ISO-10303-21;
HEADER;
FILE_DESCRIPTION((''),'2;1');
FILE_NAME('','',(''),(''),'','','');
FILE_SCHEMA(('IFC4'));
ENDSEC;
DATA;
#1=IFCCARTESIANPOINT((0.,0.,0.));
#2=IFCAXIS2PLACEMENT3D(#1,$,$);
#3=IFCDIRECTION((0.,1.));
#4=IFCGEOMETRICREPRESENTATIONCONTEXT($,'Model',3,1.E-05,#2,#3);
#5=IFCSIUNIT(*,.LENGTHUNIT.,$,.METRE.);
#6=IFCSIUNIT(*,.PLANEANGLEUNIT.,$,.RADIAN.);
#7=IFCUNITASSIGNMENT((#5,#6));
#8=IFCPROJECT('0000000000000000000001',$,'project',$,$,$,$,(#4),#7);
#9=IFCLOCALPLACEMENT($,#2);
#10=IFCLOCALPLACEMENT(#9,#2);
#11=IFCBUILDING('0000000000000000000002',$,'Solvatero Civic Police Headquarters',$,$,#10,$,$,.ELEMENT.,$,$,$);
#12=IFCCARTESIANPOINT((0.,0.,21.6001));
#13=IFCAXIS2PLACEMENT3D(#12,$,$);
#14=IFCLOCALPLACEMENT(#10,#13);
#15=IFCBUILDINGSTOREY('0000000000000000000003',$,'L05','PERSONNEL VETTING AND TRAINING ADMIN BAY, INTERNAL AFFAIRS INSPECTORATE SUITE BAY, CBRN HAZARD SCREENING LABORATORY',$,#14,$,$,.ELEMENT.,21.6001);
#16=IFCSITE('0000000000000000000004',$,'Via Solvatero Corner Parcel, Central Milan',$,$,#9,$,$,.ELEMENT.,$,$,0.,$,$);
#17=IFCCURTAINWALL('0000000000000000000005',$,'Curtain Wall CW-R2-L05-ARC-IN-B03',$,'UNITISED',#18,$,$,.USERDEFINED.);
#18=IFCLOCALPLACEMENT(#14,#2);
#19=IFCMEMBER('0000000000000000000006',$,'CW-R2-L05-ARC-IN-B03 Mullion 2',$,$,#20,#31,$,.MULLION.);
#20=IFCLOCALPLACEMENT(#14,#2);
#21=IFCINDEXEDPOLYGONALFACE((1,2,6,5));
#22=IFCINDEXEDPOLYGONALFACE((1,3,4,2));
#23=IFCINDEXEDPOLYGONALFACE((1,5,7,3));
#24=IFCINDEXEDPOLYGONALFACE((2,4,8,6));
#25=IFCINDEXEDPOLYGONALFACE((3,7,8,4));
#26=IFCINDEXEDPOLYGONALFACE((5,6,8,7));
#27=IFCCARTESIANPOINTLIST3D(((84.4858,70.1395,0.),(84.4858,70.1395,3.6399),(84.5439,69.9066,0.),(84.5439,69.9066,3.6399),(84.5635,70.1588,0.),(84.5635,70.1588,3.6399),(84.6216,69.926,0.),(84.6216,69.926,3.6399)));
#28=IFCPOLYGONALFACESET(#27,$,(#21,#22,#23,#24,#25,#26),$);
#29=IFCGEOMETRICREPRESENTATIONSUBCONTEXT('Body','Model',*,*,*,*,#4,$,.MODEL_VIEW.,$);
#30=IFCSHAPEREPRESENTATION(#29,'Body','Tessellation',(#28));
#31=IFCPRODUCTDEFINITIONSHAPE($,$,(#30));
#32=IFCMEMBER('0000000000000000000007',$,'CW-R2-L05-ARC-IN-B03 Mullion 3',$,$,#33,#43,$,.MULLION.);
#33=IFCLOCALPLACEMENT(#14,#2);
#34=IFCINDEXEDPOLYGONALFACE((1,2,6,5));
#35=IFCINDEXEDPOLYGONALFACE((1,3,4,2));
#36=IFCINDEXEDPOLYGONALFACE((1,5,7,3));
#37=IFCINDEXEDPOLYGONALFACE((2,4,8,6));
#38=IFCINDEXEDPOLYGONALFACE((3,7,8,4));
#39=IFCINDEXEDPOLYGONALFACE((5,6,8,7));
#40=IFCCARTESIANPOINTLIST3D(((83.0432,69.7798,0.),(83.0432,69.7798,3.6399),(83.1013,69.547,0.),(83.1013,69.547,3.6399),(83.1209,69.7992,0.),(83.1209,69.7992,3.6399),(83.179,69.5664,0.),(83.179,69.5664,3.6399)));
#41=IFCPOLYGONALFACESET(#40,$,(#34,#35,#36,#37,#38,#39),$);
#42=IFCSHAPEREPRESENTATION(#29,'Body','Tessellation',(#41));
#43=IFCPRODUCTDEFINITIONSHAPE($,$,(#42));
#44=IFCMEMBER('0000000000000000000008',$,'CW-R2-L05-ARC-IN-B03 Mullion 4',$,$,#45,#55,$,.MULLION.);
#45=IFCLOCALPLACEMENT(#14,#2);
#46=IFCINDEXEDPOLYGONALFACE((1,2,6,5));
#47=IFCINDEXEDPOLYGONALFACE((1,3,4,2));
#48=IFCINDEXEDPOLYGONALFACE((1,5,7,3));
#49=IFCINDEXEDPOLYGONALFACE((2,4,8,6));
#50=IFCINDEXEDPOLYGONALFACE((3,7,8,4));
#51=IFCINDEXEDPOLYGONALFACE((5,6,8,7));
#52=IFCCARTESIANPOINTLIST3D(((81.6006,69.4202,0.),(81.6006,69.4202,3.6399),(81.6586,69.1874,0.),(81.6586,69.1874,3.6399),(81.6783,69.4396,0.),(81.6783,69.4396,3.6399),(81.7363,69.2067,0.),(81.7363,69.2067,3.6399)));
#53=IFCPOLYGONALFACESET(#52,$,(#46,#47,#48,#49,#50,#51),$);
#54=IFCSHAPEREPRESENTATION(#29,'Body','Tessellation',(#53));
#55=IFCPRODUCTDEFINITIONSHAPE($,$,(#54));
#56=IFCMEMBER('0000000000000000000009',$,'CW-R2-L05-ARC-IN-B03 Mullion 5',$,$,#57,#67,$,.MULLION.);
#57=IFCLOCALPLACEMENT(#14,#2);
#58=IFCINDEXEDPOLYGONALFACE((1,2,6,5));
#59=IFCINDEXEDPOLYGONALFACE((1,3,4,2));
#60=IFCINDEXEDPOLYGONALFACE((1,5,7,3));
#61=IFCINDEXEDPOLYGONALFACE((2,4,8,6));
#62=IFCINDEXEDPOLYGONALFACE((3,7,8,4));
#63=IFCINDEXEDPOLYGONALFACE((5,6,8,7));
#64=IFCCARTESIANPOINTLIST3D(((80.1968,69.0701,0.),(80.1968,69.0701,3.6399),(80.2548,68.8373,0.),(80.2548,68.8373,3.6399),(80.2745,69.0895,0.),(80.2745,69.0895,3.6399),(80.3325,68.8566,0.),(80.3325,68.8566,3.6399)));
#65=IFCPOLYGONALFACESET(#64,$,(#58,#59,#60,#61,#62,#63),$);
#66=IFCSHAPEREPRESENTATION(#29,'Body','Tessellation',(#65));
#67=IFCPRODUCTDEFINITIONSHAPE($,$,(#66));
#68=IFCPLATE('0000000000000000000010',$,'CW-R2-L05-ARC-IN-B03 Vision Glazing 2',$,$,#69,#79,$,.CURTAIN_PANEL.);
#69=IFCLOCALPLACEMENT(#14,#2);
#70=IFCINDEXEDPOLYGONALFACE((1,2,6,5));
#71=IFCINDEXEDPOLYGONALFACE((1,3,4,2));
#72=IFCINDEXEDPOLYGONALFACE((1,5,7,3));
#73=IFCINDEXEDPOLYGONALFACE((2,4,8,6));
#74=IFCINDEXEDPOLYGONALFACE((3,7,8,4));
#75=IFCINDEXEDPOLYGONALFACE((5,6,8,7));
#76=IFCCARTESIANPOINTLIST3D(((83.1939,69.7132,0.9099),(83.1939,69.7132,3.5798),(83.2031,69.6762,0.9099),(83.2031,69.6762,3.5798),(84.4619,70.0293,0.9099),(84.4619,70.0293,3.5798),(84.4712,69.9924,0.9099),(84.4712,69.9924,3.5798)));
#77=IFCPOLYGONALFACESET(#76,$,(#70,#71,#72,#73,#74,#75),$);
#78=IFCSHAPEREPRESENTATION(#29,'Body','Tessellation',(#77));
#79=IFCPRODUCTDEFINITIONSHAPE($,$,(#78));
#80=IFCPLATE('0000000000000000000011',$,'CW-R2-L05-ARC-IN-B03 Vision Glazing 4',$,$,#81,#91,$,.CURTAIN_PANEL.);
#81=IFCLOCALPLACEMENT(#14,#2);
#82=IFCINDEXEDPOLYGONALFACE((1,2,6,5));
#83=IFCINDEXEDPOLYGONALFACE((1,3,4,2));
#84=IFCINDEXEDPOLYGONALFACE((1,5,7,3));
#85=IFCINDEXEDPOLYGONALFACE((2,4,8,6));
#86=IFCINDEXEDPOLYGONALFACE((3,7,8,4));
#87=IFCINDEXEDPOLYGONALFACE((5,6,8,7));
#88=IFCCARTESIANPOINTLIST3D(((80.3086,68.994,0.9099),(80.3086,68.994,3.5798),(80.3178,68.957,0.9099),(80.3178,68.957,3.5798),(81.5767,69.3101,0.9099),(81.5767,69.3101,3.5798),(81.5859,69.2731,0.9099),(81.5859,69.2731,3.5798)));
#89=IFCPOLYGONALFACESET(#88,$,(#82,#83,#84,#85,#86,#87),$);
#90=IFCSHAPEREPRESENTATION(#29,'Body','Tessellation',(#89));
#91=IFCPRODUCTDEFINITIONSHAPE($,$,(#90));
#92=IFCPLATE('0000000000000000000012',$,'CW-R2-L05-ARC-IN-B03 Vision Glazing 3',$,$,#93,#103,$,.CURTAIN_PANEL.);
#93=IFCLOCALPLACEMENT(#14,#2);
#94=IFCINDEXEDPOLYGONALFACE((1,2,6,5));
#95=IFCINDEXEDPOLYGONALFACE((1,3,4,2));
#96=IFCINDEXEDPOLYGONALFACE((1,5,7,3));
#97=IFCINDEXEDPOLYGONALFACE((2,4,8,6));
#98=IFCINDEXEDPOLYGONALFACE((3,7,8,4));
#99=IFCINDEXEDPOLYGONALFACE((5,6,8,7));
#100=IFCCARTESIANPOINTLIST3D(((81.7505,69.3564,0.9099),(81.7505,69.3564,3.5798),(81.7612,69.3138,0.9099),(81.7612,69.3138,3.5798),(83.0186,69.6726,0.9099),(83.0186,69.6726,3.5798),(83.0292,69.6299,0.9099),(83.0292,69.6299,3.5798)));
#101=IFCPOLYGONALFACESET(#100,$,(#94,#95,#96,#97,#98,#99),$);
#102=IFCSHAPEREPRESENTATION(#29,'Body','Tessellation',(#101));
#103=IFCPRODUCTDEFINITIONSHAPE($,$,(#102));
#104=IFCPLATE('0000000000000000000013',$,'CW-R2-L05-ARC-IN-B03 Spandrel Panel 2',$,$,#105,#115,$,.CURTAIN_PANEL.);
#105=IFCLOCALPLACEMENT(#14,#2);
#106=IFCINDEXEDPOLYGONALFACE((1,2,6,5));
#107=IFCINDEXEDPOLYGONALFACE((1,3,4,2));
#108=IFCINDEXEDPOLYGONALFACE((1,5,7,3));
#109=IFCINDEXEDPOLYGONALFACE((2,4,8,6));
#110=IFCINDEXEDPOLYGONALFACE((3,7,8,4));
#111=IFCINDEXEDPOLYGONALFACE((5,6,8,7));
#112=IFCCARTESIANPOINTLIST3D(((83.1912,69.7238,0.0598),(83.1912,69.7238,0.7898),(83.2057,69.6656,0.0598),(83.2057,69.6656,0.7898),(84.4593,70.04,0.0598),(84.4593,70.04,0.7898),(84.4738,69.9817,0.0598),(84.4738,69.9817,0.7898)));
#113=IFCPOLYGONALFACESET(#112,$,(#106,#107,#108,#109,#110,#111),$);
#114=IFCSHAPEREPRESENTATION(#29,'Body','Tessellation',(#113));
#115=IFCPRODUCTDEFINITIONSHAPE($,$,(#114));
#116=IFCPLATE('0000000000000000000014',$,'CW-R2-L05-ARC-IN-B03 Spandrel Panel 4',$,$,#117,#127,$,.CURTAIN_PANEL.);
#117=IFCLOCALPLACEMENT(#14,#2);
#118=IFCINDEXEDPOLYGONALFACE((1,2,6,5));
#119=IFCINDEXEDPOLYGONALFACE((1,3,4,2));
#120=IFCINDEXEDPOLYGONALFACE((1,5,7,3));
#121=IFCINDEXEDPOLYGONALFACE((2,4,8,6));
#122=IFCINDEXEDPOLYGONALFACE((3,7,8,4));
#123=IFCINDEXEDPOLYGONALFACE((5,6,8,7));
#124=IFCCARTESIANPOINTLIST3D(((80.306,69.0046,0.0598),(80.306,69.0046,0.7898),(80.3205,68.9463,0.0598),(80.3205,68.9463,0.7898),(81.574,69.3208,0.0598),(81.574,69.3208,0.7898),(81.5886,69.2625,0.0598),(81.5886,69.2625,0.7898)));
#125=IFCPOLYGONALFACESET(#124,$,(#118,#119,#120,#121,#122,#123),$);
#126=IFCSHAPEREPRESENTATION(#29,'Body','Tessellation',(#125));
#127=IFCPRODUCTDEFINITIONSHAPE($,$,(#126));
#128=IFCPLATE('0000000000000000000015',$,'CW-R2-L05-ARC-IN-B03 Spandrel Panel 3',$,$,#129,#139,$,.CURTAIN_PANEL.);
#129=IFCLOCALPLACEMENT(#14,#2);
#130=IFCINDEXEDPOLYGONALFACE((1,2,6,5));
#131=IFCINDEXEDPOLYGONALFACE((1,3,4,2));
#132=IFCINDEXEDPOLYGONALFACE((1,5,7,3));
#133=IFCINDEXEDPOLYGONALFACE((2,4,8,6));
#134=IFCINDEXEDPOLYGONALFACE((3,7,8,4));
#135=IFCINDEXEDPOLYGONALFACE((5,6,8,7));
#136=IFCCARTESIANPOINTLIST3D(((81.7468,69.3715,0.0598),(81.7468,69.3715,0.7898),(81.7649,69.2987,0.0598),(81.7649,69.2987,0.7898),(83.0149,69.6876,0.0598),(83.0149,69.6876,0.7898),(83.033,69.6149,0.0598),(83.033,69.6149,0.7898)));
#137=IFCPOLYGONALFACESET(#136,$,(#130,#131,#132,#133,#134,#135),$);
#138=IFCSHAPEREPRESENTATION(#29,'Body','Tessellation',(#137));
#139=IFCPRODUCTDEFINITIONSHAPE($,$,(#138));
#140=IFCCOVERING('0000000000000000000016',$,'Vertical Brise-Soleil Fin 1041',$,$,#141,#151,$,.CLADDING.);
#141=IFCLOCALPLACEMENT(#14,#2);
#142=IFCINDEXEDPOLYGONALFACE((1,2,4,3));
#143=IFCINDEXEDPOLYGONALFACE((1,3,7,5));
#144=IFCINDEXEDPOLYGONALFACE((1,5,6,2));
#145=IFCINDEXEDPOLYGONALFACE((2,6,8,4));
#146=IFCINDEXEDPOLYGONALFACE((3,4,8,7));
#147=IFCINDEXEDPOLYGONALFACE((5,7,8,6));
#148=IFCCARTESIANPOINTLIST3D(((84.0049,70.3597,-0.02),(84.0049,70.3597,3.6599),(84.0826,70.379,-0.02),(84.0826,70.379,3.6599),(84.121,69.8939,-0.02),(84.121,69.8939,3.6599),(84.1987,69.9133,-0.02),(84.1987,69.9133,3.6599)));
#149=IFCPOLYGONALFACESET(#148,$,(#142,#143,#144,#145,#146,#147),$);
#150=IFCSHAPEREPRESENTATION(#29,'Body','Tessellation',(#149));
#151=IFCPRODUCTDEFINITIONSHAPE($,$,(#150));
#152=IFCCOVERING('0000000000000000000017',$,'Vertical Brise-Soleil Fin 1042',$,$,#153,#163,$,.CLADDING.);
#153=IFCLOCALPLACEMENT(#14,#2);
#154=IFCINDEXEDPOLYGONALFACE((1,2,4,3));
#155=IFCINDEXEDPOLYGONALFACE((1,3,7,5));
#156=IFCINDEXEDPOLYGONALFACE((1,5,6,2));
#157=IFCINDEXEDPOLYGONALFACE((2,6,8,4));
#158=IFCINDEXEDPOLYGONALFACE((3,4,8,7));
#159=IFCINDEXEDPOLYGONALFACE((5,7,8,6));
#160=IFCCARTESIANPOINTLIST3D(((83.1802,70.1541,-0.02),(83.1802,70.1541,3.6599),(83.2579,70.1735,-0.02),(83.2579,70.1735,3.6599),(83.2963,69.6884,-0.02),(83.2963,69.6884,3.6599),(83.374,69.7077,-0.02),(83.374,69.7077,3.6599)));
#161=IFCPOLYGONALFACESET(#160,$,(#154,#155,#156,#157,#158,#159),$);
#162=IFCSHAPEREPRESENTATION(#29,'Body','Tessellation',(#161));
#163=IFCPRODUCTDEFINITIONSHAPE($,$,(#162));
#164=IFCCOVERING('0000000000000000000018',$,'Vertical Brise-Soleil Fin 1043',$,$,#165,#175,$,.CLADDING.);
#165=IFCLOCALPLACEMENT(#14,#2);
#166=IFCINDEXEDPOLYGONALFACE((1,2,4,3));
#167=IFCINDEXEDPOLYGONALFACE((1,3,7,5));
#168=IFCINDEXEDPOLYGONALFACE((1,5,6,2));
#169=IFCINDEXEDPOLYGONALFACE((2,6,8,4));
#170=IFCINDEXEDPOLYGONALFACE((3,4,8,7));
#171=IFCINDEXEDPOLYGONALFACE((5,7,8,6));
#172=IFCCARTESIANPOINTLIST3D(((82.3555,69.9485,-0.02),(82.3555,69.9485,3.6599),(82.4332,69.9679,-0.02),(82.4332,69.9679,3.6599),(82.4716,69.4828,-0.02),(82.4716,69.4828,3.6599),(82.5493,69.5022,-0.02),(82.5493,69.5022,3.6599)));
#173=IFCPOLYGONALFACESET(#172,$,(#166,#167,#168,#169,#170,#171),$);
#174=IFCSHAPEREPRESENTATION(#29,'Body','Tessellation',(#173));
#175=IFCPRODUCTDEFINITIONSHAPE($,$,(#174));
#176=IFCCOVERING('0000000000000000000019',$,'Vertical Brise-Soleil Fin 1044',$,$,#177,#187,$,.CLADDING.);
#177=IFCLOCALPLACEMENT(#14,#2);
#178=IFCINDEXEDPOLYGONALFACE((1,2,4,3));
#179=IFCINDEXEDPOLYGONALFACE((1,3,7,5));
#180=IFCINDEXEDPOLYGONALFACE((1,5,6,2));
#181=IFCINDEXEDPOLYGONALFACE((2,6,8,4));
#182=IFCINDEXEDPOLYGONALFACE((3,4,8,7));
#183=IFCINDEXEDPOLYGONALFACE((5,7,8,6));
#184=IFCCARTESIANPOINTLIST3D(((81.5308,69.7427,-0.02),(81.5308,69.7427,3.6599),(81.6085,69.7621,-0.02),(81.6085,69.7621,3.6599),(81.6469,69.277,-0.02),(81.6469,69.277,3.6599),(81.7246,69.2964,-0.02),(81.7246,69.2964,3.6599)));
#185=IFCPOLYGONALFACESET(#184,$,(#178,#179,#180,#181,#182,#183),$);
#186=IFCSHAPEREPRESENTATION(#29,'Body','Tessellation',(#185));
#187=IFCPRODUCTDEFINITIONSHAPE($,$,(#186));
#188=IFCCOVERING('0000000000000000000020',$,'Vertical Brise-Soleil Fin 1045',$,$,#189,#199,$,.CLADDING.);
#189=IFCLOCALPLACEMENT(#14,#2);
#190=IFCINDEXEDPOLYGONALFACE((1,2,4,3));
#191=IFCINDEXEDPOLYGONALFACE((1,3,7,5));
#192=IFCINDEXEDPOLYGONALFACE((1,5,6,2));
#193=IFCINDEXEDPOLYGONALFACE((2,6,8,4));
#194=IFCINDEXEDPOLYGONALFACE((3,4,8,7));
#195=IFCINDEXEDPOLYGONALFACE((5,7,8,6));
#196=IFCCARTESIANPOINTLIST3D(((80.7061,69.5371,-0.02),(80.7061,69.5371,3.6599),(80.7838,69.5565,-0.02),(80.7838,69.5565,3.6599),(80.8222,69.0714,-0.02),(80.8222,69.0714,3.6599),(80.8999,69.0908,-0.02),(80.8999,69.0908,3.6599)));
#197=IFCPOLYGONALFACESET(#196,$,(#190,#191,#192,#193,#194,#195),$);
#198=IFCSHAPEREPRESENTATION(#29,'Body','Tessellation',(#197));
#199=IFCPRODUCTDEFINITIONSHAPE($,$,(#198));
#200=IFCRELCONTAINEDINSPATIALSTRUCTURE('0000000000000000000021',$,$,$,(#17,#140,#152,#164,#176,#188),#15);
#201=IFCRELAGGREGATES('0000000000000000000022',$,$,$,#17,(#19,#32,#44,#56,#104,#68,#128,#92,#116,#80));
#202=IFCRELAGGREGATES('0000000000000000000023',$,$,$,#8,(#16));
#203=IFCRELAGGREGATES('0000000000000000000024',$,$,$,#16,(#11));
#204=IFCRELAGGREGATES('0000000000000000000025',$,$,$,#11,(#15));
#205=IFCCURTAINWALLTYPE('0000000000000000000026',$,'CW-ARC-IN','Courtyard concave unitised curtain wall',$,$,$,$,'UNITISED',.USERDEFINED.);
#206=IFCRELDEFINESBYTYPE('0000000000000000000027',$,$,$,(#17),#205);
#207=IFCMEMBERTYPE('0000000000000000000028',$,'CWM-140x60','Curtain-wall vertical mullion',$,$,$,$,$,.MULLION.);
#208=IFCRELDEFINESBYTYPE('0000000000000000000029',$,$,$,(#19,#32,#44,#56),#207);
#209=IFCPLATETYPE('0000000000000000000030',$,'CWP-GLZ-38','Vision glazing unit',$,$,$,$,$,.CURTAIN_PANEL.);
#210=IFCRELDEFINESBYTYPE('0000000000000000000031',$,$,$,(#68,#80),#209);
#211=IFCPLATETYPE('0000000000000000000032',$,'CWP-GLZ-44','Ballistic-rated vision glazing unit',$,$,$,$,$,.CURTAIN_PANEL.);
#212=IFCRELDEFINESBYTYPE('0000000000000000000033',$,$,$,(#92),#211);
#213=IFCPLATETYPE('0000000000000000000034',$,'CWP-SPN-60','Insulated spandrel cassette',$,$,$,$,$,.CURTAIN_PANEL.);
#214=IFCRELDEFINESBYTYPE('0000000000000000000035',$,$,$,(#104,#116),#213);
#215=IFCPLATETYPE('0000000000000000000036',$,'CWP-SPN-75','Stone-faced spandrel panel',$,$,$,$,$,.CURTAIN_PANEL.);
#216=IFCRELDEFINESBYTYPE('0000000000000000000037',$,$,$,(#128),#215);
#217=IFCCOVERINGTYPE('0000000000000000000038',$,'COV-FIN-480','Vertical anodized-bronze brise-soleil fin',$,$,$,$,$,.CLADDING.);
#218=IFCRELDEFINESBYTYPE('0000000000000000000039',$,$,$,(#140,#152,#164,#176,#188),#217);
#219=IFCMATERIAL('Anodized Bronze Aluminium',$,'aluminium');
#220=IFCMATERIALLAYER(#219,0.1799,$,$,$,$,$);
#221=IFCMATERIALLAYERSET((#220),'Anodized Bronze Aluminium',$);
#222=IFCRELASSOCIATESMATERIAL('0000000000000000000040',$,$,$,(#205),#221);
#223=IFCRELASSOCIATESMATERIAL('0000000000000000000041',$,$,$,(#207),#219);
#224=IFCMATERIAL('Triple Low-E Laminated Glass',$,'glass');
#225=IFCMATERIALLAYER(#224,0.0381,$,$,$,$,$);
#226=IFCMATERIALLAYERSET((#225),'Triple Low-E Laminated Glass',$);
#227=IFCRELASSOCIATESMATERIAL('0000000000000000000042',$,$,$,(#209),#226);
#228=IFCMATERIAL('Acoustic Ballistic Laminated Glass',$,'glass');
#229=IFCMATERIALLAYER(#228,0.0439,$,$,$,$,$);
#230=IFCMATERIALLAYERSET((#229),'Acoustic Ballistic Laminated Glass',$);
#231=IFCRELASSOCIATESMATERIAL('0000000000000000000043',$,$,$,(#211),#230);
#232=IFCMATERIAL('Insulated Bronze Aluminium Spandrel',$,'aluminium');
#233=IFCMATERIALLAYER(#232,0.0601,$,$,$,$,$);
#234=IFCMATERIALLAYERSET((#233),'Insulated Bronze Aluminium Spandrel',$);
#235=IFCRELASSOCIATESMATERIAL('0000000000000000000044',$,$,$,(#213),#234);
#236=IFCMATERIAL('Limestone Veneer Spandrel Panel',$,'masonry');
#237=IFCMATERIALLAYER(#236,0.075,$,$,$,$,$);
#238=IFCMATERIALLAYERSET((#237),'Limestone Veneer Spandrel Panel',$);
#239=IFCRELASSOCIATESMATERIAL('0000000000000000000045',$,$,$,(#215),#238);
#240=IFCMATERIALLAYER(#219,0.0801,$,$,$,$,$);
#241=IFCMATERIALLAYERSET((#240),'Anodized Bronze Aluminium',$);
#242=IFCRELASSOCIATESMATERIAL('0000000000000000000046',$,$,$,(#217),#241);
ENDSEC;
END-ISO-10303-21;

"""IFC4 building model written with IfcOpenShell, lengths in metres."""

from ifc_helpers import new_model, si_unit, direction, frame, origin, origin_2d, place, context, subcontext, project, spatial, rectangle, extrude, material, layer, layer_set, material_profile, profile_set, type_object, element, aggregate, save


model = new_model("IFC4")

# Units and contexts
model_context = context("Model", 3, precision=1e-05, world=origin(), true_north=direction((0.0, 1.0)))
body_context = subcontext(model_context, "Body", "Model", "MODEL_VIEW")
ifc_project = project(units=[si_unit("LENGTHUNIT", "METRE"), si_unit("PLANEANGLEUNIT", "RADIAN")], contexts=[model_context])

# Site, building, storey
site_placement = place(None, origin())
site = spatial("IfcSite", under=ifc_project, at=site_placement, Name="Via Solvatero Corner Parcel, Central Milan", CompositionType="ELEMENT", RefElevation=0.0)
building_placement = place(site_placement, origin())
building = spatial("IfcBuilding", under=site, at=building_placement, Name="Solvatero Civic Police Headquarters", CompositionType="ELEMENT")
storey_placement = place(building_placement, frame((0.0, 0.0, 21.6001)))
storey = spatial("IfcBuildingStorey", under=building, at=storey_placement, Name="L05", Description="PERSONNEL VETTING AND TRAINING ADMIN BAY, INTERNAL AFFAIRS INSPECTORATE SUITE BAY, CBRN HAZARD SCREENING LABORATORY", CompositionType="ELEMENT", Elevation=21.6001)

# Curtain wall, members, plates
ifc_material_1 = material(Name="Anodized Bronze Aluminium", Category="aluminium")
ifc_layer_1 = layer(ifc_material_1, 0.1799)
ifc_layer_set_1 = layer_set([ifc_layer_1], Name="Anodized Bronze Aluminium")
curtain_wall_type = type_object("IfcCurtainWallType", Name="CW-ARC-IN", Description="Courtyard concave unitised curtain wall", ElementType="UNITISED", PredefinedType="USERDEFINED", material=ifc_layer_set_1)
curtain_wall_placement = place(storey_placement, origin())
curtain_wall = element("IfcCurtainWall", 1, at=curtain_wall_placement, inside=storey, type_object=curtain_wall_type, Name="Curtain Wall CW-R2-L05-ARC-IN-B03", ObjectType="UNITISED", PredefinedType="USERDEFINED")
ifc_material_profile = material_profile(ifc_material_1, rectangle(XDim=0.0801, YDim=0.24, at=origin_2d()), Name="ALU MULLION 80x240")
ifc_profile_set = profile_set([ifc_material_profile], Name="Anodized Bronze Aluminium")
member_type = type_object("IfcMemberType", Name="CWM-140x60", Description="Curtain-wall vertical mullion", PredefinedType="MULLION", material=ifc_profile_set)
member_1_placement = place(storey_placement, frame((84.5537, 70.0327, 0.0), z_axis=(0.0, 0.0, 1.0), x_axis=(-0.9703, -0.241905, 0.0)))
member_1 = element("IfcMember", 2, at=member_1_placement, type_object=member_type, Name="CW-R2-L05-ARC-IN-B03 Mullion 2", PredefinedType="MULLION", context=body_context, shape_type="SweptSolid", body=[
    extrude(rectangle(XDim=0.0801, YDim=0.24, at=origin_2d()), origin(), (0.0, 0.0, 1.0), 3.6399),
])
member_2_placement = place(storey_placement, frame((83.1111, 69.6731, 0.0), z_axis=(0.0, 0.0, 1.0), x_axis=(-0.9703, -0.241905, 0.0)))
member_2 = element("IfcMember", 3, at=member_2_placement, type_object=member_type, Name="CW-R2-L05-ARC-IN-B03 Mullion 3", PredefinedType="MULLION", context=body_context, shape_type="SweptSolid", body=[
    extrude(rectangle(XDim=0.0801, YDim=0.24, at=origin_2d()), origin(), (0.0, 0.0, 1.0), 3.6399),
])
member_3_placement = place(storey_placement, frame((81.6685, 69.3135, 0.0), z_axis=(0.0, 0.0, 1.0), x_axis=(-0.9703, -0.241905, 0.0)))
member_3 = element("IfcMember", 4, at=member_3_placement, type_object=member_type, Name="CW-R2-L05-ARC-IN-B03 Mullion 4", PredefinedType="MULLION", context=body_context, shape_type="SweptSolid", body=[
    extrude(rectangle(XDim=0.0801, YDim=0.24, at=origin_2d()), origin(), (0.0, 0.0, 1.0), 3.6399),
])
member_4_placement = place(storey_placement, frame((80.2646, 68.9634, 0.0), z_axis=(0.0, 0.0, 1.0), x_axis=(-0.9703, -0.241905, 0.0)))
member_4 = element("IfcMember", 5, at=member_4_placement, type_object=member_type, Name="CW-R2-L05-ARC-IN-B03 Mullion 5", PredefinedType="MULLION", context=body_context, shape_type="SweptSolid", body=[
    extrude(rectangle(XDim=0.0801, YDim=0.24, at=origin_2d()), origin(), (0.0, 0.0, 1.0), 3.6399),
])
ifc_material_2 = material(Name="Triple Low-E Laminated Glass", Category="glass")
ifc_layer_2 = layer(ifc_material_2, 0.0381)
ifc_layer_set_2 = layer_set([ifc_layer_2], Name="Triple Low-E Laminated Glass")
plate_type_1 = type_object("IfcPlateType", Name="CWP-GLZ-38", Description="Vision glazing unit", PredefinedType="CURTAIN_PANEL", material=ifc_layer_set_2)
plate_1_placement = place(storey_placement, frame((83.8325, 69.8528, 0.9099), z_axis=(0.0, 0.0, 1.0), x_axis=(-0.9703, -0.241905, 0.0)))
plate_1 = element("IfcPlate", 6, at=plate_1_placement, type_object=plate_type_1, Name="CW-R2-L05-ARC-IN-B03 Vision Glazing 2", PredefinedType="CURTAIN_PANEL", context=body_context, shape_type="SweptSolid", body=[
    extrude(rectangle(XDim=1.3069, YDim=0.0381, at=origin_2d()), origin(), (0.0, 0.0, 1.0), 2.6699),
])
plate_2_placement = place(storey_placement, frame((80.9473, 69.1335, 0.9099), z_axis=(0.0, 0.0, 1.0), x_axis=(-0.9703, -0.241905, 0.0)))
plate_2 = element("IfcPlate", 7, at=plate_2_placement, type_object=plate_type_1, Name="CW-R2-L05-ARC-IN-B03 Vision Glazing 4", PredefinedType="CURTAIN_PANEL", context=body_context, shape_type="SweptSolid", body=[
    extrude(rectangle(XDim=1.3069, YDim=0.0381, at=origin_2d()), origin(), (0.0, 0.0, 1.0), 2.6699),
])
ifc_material_3 = material(Name="Acoustic Ballistic Laminated Glass", Category="glass")
ifc_layer_3 = layer(ifc_material_3, 0.0439)
ifc_layer_set_3 = layer_set([ifc_layer_3], Name="Acoustic Ballistic Laminated Glass")
plate_type_2 = type_object("IfcPlateType", Name="CWP-GLZ-44", Description="Ballistic-rated vision glazing unit", PredefinedType="CURTAIN_PANEL", material=ifc_layer_set_3)
plate_3_placement = place(storey_placement, frame((82.3899, 69.4932, 0.9099), z_axis=(0.0, 0.0, 1.0), x_axis=(-0.9703, -0.241905, 0.0)))
plate_3 = element("IfcPlate", 8, at=plate_3_placement, type_object=plate_type_2, Name="CW-R2-L05-ARC-IN-B03 Vision Glazing 3", PredefinedType="CURTAIN_PANEL", context=body_context, shape_type="SweptSolid", body=[
    extrude(rectangle(XDim=1.3069, YDim=0.0439, at=origin_2d()), origin(), (0.0, 0.0, 1.0), 2.6699),
])
ifc_material_4 = material(Name="Insulated Bronze Aluminium Spandrel", Category="aluminium")
ifc_layer_4 = layer(ifc_material_4, 0.0601)
ifc_layer_set_4 = layer_set([ifc_layer_4], Name="Insulated Bronze Aluminium Spandrel")
plate_type_3 = type_object("IfcPlateType", Name="CWP-SPN-60", Description="Insulated spandrel cassette", PredefinedType="CURTAIN_PANEL", material=ifc_layer_set_4)
plate_4_placement = place(storey_placement, frame((83.8325, 69.8528, 0.0598), z_axis=(0.0, 0.0, 1.0), x_axis=(-0.9703, -0.241905, 0.0)))
plate_4 = element("IfcPlate", 9, at=plate_4_placement, type_object=plate_type_3, Name="CW-R2-L05-ARC-IN-B03 Spandrel Panel 2", PredefinedType="CURTAIN_PANEL", context=body_context, shape_type="SweptSolid", body=[
    extrude(rectangle(XDim=1.3069, YDim=0.0601, at=origin_2d()), origin(), (0.0, 0.0, 1.0), 0.73),
])
plate_5_placement = place(storey_placement, frame((80.9473, 69.1335, 0.0598), z_axis=(0.0, 0.0, 1.0), x_axis=(-0.9703, -0.241905, 0.0)))
plate_5 = element("IfcPlate", 10, at=plate_5_placement, type_object=plate_type_3, Name="CW-R2-L05-ARC-IN-B03 Spandrel Panel 4", PredefinedType="CURTAIN_PANEL", context=body_context, shape_type="SweptSolid", body=[
    extrude(rectangle(XDim=1.3069, YDim=0.0601, at=origin_2d()), origin(), (0.0, 0.0, 1.0), 0.73),
])
ifc_material_5 = material(Name="Limestone Veneer Spandrel Panel", Category="masonry")
ifc_layer_5 = layer(ifc_material_5, 0.075)
ifc_layer_set_5 = layer_set([ifc_layer_5], Name="Limestone Veneer Spandrel Panel")
plate_type_4 = type_object("IfcPlateType", Name="CWP-SPN-75", Description="Stone-faced spandrel panel", PredefinedType="CURTAIN_PANEL", material=ifc_layer_set_5)
plate_6_placement = place(storey_placement, frame((82.3899, 69.4932, 0.0598), z_axis=(0.0, 0.0, 1.0), x_axis=(-0.9703, -0.241905, 0.0)))
plate_6 = element("IfcPlate", 11, at=plate_6_placement, type_object=plate_type_4, Name="CW-R2-L05-ARC-IN-B03 Spandrel Panel 3", PredefinedType="CURTAIN_PANEL", context=body_context, shape_type="SweptSolid", body=[
    extrude(rectangle(XDim=1.3069, YDim=0.075, at=origin_2d()), origin(), (0.0, 0.0, 1.0), 0.73),
])
aggregate(curtain_wall, [member_1, member_2, member_3, member_4, plate_4, plate_1, plate_6, plate_3, plate_5, plate_2])

# Coverings
ifc_layer_6 = layer(ifc_material_1, 0.0801)
ifc_layer_set_6 = layer_set([ifc_layer_6], Name="Anodized Bronze Aluminium")
covering_type = type_object("IfcCoveringType", Name="COV-FIN-480", Description="Vertical anodized-bronze brise-soleil fin", PredefinedType="CLADDING", material=ifc_layer_set_6)
for number, where, z_axis, x_axis, name in (
    (12, (84.1018, 70.1365, -0.02), (0.0, 0.0, 1.0), (-0.9703, -0.241905, 0.0), "Vertical Brise-Soleil Fin 1041"),
    (13, (83.2771, 69.9309, -0.02), (0.0, 0.0, 1.0), (-0.9703, -0.241905, 0.0), "Vertical Brise-Soleil Fin 1042"),
    (14, (82.4524, 69.7253, -0.02), (0.0, 0.0, 1.0), (-0.9703, -0.241905, 0.0), "Vertical Brise-Soleil Fin 1043"),
    (15, (81.6277, 69.5195, -0.02), (0.0, 0.0, 1.0), (-0.9703, -0.241905, 0.0), "Vertical Brise-Soleil Fin 1044"),
    (16, (80.803, 69.314, -0.02), (0.0, 0.0, 1.0), (-0.9703, -0.241905, 0.0), "Vertical Brise-Soleil Fin 1045"),
):
    element("IfcCovering", number, at=place(storey_placement, frame(where, z_axis=z_axis, x_axis=x_axis)), inside=storey, type_object=covering_type, Name=name, PredefinedType="CLADDING", context=body_context, shape_type="SweptSolid", body=[
        extrude(rectangle(XDim=0.0801, YDim=0.48, at=origin_2d()), origin(), (0.0, 0.0, 1.0), 3.6799),
    ])

save(model, "model.ifc")
